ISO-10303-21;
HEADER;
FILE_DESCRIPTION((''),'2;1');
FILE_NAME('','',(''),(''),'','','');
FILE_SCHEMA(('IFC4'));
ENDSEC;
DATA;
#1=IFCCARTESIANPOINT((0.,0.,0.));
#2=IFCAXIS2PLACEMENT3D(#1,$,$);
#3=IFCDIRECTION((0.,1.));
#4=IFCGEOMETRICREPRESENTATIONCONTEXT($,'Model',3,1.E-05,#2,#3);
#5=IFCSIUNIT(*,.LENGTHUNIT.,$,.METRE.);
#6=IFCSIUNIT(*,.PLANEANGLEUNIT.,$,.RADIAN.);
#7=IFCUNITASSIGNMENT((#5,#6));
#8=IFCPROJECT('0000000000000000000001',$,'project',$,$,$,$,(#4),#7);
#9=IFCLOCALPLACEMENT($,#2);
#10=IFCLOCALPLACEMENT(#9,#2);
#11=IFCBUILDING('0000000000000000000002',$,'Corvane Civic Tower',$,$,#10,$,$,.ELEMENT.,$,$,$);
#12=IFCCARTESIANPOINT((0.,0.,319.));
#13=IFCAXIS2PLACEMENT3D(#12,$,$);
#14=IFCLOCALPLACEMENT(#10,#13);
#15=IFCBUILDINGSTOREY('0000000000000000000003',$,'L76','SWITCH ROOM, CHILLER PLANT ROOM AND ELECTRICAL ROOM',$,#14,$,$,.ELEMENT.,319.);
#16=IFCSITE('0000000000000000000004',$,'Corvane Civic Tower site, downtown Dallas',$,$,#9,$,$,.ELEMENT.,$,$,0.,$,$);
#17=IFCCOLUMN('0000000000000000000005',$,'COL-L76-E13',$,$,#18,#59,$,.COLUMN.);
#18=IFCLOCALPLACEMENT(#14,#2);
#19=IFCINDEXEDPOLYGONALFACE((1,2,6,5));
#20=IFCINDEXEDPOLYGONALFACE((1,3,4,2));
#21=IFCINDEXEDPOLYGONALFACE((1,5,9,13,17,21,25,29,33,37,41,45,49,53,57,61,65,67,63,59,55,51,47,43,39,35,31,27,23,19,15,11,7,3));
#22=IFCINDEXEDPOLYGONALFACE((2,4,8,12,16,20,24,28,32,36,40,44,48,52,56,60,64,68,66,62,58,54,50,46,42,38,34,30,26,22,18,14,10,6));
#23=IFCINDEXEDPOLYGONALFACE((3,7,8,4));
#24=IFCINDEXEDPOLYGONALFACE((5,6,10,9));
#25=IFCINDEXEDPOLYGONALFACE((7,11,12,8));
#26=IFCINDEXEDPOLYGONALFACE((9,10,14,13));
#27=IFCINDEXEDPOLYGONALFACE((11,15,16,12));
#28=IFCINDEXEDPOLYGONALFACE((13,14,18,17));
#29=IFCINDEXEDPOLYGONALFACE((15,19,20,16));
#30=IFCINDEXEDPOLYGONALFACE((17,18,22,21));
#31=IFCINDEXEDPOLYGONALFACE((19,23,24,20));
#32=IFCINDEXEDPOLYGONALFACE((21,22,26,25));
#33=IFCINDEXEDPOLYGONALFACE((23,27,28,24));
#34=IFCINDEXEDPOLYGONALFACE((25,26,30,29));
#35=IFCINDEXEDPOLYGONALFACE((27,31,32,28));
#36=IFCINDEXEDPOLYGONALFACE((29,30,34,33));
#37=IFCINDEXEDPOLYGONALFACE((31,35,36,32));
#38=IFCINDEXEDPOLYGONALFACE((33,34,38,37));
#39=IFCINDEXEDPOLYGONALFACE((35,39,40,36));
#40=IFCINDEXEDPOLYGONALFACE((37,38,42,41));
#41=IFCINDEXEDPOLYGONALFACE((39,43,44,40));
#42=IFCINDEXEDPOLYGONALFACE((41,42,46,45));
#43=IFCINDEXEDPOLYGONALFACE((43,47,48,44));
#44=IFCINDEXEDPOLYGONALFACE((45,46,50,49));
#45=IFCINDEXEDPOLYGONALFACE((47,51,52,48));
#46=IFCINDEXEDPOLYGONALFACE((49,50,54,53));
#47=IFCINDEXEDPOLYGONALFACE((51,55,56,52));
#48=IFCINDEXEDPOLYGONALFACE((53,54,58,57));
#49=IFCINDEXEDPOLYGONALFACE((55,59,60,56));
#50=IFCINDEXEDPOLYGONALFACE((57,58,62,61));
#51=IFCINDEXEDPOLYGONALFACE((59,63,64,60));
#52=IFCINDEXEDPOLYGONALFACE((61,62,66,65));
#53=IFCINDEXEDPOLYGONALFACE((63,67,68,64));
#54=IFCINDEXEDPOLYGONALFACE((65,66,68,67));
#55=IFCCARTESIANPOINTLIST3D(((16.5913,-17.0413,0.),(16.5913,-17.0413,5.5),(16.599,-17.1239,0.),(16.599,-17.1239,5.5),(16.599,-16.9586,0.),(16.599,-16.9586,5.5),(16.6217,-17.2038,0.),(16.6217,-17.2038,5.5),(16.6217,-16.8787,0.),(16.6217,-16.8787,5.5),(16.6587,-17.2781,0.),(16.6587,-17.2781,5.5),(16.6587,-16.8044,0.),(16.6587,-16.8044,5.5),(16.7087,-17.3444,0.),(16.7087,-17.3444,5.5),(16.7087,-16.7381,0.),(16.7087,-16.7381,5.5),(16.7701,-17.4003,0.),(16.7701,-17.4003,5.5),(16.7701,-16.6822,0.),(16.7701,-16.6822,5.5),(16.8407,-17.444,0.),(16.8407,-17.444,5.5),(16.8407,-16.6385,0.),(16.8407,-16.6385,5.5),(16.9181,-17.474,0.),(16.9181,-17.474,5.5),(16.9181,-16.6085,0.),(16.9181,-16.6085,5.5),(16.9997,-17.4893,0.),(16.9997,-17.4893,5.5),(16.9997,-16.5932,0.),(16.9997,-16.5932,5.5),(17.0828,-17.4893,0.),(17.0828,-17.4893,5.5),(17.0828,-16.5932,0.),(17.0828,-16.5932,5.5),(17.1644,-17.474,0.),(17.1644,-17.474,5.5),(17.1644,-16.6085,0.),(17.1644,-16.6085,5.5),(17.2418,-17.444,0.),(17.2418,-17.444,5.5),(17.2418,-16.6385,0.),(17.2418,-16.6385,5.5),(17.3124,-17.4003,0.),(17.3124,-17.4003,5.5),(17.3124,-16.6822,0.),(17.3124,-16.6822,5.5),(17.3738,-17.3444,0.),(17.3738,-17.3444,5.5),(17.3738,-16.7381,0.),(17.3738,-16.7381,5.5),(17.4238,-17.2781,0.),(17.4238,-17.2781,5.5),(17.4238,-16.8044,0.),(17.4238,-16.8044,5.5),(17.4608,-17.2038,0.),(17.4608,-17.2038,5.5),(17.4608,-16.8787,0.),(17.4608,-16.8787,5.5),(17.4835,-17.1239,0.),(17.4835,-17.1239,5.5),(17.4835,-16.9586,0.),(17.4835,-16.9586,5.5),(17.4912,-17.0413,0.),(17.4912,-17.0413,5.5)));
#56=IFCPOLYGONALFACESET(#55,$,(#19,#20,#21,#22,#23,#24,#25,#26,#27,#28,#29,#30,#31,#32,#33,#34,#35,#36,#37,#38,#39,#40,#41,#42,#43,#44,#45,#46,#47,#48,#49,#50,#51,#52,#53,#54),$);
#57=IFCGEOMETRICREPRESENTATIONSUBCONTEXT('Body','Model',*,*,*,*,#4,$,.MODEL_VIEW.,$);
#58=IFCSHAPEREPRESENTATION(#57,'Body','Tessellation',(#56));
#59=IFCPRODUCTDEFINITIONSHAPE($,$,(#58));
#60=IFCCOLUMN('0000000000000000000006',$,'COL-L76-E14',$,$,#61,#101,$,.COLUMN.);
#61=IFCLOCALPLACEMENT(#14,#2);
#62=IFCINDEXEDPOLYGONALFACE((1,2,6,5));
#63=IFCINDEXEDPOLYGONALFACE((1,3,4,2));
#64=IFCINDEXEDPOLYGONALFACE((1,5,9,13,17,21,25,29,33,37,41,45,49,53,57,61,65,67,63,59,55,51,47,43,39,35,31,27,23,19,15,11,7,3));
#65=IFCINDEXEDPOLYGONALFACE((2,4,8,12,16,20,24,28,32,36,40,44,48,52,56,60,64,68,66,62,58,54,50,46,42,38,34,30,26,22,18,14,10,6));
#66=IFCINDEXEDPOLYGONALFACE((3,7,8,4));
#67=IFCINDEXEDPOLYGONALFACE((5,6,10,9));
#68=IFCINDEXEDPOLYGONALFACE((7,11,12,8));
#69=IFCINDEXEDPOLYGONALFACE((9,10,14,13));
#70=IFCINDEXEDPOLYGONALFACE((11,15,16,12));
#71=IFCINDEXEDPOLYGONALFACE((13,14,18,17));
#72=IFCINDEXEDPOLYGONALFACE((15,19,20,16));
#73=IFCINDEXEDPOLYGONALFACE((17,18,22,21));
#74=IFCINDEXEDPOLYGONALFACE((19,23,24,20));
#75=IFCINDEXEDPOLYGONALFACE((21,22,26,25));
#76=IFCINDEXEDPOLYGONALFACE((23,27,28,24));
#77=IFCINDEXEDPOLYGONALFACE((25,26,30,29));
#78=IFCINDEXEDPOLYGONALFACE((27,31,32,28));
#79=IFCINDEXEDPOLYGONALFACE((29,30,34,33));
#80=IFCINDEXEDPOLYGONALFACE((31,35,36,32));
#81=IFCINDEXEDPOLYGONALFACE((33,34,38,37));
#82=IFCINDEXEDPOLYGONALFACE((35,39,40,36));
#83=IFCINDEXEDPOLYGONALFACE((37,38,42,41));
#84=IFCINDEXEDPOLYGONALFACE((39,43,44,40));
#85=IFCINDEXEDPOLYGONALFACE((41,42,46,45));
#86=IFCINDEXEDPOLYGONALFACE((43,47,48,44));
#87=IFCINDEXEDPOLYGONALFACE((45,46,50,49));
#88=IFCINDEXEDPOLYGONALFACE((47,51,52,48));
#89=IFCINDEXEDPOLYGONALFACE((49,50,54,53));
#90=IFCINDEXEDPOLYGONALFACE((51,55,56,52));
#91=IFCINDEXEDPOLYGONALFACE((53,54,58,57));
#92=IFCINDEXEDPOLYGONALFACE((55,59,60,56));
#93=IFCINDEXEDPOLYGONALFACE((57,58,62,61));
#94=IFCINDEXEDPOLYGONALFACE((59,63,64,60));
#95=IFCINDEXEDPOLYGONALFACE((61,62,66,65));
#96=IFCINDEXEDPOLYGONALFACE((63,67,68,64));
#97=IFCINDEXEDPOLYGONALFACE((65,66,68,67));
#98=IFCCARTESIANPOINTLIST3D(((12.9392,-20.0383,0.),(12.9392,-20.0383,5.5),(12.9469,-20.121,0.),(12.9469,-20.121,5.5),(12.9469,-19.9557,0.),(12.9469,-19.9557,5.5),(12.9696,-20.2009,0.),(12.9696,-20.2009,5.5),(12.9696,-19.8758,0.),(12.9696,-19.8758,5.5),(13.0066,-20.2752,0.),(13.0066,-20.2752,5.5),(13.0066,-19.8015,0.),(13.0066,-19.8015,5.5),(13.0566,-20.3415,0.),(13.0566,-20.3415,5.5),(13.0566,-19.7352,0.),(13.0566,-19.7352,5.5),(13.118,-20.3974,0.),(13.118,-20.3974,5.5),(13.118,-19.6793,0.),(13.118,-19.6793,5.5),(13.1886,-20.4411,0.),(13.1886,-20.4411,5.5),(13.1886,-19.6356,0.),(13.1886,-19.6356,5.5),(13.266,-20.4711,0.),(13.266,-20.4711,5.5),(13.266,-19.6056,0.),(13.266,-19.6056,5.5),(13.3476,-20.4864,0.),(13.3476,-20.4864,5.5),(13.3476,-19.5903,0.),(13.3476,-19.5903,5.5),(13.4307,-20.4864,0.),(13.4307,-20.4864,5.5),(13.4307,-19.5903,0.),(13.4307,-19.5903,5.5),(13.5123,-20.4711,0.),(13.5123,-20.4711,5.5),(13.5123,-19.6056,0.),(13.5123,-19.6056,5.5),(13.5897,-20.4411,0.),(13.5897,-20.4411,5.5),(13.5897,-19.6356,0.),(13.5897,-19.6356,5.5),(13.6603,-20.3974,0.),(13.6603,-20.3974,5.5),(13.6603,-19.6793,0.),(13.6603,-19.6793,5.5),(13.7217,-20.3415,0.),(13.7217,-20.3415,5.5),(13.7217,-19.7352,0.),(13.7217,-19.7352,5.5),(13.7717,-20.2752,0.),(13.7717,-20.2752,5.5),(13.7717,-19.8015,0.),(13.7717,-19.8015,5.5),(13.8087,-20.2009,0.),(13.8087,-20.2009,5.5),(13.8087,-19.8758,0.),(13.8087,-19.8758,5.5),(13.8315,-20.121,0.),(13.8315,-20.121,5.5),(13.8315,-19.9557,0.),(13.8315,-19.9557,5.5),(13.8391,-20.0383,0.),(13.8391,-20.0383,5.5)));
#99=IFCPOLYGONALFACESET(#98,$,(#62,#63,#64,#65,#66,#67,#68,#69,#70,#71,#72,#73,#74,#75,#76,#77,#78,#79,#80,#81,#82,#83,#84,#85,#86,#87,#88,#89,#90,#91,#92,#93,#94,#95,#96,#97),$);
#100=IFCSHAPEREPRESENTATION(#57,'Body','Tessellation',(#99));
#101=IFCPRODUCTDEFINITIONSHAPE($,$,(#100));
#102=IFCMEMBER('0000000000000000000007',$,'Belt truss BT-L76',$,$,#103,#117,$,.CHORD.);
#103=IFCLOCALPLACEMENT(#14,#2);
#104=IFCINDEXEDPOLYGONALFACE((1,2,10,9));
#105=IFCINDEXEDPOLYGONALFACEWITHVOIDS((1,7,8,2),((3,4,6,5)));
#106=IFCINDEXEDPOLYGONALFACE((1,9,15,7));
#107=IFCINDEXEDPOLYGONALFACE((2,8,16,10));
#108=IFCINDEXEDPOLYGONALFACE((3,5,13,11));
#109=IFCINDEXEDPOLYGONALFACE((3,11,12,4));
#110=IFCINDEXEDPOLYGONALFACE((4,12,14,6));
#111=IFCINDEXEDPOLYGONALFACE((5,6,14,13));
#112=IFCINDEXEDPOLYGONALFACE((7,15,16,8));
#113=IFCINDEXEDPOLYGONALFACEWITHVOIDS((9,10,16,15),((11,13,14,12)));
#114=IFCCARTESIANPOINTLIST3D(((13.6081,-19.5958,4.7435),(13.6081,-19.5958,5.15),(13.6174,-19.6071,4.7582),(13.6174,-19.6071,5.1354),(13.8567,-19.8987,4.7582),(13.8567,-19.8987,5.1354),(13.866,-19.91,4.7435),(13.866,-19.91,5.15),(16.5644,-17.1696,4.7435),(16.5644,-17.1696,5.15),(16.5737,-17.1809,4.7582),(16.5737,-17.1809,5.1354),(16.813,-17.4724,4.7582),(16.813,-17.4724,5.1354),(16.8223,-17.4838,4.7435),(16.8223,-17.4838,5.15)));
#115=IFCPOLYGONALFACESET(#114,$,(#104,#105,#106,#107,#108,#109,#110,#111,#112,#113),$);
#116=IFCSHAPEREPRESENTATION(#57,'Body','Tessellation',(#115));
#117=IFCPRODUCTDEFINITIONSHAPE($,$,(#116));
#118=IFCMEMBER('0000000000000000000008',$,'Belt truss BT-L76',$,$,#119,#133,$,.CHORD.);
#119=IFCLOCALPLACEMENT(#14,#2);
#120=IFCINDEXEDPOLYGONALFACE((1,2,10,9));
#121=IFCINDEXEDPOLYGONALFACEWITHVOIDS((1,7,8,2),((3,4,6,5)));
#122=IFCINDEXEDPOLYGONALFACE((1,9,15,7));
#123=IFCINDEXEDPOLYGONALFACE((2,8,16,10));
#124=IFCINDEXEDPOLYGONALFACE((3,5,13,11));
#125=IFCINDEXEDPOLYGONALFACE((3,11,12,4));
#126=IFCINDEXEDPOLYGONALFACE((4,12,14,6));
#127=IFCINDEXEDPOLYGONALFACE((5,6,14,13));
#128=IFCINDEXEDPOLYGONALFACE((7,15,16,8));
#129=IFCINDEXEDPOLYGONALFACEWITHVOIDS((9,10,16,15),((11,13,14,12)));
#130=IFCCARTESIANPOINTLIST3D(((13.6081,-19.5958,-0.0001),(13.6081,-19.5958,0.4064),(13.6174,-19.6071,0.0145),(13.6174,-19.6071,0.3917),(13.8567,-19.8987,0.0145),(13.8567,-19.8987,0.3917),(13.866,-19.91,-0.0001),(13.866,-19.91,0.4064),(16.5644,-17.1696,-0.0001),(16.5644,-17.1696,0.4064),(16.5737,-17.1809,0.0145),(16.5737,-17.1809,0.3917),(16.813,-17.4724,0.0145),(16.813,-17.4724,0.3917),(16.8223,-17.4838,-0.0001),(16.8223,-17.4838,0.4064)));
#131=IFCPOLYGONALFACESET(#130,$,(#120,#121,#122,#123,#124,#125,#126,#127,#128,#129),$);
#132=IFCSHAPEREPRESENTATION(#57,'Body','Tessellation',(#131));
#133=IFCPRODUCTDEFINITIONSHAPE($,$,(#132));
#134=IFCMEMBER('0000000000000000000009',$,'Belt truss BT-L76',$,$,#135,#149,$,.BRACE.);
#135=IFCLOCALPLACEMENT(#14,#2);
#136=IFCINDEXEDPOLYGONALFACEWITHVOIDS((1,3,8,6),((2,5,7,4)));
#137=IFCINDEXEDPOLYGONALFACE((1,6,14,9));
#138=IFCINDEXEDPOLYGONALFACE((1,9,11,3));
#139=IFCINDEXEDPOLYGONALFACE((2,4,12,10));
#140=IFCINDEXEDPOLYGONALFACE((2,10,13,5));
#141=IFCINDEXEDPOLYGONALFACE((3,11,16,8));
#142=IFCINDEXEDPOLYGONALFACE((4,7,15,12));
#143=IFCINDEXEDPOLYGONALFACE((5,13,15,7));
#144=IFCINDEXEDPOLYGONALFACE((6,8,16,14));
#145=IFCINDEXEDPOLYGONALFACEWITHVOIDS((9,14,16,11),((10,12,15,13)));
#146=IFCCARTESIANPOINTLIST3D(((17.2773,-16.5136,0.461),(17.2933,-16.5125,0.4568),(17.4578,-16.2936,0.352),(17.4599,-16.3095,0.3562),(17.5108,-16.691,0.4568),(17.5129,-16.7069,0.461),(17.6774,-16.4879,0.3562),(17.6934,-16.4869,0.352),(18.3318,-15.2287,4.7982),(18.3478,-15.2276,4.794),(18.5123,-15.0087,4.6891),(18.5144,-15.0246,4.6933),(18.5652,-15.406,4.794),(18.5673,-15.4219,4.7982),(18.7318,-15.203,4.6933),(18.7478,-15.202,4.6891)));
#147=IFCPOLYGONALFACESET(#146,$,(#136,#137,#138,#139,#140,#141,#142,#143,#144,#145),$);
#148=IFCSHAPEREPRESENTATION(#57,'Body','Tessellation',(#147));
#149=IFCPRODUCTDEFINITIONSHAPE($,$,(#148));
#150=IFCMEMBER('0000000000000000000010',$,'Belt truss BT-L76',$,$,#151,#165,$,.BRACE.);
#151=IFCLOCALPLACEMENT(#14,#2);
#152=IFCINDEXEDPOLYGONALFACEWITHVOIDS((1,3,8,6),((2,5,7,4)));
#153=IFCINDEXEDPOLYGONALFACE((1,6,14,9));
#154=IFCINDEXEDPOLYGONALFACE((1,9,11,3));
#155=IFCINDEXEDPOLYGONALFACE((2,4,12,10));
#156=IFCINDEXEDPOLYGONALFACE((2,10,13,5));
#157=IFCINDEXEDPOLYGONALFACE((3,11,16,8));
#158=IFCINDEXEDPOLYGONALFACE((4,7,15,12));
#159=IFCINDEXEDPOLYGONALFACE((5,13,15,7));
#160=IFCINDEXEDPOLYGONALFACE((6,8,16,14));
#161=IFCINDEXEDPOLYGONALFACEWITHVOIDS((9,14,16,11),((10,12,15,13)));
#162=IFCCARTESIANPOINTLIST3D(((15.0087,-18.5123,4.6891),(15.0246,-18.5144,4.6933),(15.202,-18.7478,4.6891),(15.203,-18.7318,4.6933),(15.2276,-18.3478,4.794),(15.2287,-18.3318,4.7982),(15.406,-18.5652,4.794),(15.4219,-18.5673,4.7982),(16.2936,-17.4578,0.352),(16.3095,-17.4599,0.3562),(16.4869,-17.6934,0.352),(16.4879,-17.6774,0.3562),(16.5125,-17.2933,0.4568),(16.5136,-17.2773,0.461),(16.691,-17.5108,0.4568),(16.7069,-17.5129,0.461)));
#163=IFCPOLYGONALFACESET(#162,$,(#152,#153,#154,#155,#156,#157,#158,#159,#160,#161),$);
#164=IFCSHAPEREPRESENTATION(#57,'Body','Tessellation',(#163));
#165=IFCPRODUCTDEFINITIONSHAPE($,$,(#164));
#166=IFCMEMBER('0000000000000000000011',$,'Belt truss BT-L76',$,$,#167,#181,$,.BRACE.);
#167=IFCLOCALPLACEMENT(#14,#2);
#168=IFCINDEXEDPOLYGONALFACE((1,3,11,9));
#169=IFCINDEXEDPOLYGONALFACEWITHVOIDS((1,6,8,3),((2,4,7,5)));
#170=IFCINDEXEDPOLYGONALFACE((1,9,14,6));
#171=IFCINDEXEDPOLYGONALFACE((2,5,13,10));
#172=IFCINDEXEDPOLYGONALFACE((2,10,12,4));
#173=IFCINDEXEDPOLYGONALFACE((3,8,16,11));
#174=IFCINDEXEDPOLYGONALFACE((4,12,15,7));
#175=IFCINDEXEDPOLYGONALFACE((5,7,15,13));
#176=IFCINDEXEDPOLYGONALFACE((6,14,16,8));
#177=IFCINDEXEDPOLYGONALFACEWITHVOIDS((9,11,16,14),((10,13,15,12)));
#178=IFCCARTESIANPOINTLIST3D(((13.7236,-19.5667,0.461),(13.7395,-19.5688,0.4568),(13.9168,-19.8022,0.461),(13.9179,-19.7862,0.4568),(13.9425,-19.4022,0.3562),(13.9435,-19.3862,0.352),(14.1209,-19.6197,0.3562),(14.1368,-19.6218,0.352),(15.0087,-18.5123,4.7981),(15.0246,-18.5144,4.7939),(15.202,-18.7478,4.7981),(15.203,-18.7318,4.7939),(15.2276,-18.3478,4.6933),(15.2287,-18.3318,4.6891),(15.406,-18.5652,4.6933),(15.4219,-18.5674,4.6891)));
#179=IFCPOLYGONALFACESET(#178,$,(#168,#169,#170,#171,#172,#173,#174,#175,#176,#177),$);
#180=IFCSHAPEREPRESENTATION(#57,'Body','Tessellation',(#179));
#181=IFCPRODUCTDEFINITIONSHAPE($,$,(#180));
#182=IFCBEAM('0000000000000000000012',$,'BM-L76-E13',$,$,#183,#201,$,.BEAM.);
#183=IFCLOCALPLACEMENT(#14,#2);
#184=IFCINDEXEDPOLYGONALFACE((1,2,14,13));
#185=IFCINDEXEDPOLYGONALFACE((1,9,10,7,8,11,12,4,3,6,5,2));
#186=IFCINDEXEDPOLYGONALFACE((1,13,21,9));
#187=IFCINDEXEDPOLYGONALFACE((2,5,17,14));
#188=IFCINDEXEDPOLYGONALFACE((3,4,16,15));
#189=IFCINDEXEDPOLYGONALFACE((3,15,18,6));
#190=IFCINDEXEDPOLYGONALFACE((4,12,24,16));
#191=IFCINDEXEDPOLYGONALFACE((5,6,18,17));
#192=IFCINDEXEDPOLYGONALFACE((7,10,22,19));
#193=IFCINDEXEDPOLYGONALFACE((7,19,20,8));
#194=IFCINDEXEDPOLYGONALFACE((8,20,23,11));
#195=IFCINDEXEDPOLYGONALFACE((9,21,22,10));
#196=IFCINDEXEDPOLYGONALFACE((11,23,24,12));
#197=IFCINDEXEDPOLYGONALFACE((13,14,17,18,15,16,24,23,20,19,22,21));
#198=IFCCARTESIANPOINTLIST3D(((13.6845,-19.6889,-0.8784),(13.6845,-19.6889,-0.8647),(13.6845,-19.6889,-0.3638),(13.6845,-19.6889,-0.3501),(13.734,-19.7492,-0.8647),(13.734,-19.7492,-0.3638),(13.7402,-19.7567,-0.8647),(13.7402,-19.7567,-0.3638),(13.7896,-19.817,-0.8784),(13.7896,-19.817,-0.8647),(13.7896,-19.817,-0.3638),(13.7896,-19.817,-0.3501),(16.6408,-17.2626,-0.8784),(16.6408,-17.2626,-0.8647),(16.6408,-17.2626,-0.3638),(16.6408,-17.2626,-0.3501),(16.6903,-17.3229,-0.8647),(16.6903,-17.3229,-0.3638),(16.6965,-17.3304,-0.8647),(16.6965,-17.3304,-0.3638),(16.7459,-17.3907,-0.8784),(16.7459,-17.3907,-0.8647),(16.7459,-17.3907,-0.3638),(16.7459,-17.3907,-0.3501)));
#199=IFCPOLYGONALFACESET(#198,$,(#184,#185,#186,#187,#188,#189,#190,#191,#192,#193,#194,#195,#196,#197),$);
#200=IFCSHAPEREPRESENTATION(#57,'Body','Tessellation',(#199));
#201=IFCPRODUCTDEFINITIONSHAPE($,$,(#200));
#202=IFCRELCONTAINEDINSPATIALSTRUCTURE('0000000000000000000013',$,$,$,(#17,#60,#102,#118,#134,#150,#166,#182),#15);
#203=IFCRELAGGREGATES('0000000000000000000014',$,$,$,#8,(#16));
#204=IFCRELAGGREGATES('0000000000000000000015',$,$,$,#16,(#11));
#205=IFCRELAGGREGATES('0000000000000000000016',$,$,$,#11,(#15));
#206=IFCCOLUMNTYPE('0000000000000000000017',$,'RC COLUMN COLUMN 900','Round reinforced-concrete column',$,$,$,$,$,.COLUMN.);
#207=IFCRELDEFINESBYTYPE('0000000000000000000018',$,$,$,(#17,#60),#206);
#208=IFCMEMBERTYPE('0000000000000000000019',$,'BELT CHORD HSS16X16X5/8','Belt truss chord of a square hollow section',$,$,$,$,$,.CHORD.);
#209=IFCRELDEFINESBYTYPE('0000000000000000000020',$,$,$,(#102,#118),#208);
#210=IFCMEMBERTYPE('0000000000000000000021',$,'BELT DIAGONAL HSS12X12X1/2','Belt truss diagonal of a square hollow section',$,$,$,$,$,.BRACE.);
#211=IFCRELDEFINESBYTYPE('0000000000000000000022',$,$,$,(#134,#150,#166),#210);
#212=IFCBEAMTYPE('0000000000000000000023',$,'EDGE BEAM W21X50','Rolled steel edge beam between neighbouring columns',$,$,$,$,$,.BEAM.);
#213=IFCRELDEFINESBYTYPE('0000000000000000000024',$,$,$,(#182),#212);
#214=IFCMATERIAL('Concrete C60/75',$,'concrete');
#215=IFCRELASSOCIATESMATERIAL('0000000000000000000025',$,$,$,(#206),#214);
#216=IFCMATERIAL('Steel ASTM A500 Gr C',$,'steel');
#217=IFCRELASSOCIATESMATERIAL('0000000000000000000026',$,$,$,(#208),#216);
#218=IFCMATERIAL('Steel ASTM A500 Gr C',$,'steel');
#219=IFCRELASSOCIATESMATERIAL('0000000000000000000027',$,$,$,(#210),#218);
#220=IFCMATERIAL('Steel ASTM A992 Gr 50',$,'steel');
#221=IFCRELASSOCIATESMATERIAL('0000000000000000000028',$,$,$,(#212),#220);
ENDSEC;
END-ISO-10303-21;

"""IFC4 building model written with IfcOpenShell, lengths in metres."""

from ifc_helpers import new_model, si_unit, direction, frame, origin, origin_2d, place, context, subcontext, project, spatial, hollow_rectangle, circle, i_section, extrude, material, material_profile, profile_set, type_object, element, save


model = new_model("IFC4")

# Units and contexts
model_context = context("Model", 3, precision=1e-05, world=origin(), true_north=direction((0.0, 1.0)))
body_context = subcontext(model_context, "Body", "Model", "MODEL_VIEW")
ifc_project = project(units=[si_unit("LENGTHUNIT", "METRE"), si_unit("PLANEANGLEUNIT", "RADIAN")], contexts=[model_context])

# Site, building, storey
site_placement = place(None, origin())
site = spatial("IfcSite", under=ifc_project, at=site_placement, Name="Corvane Civic Tower site, downtown Dallas", CompositionType="ELEMENT", RefElevation=0.0)
building_placement = place(site_placement, origin())
building = spatial("IfcBuilding", under=site, at=building_placement, Name="Corvane Civic Tower", CompositionType="ELEMENT")
storey_placement = place(building_placement, frame((0.0, 0.0, 319.0)))
storey = spatial("IfcBuildingStorey", under=building, at=storey_placement, Name="L76", Description="SWITCH ROOM, CHILLER PLANT ROOM AND ELECTRICAL ROOM", CompositionType="ELEMENT", Elevation=319.0)

# Columns
ifc_material_1 = material(Name="Concrete C60/75", Category="concrete")
ifc_material_profile_1 = material_profile(ifc_material_1, circle(Radius=0.45, at=origin_2d()), Name="COLUMN 900")
ifc_profile_set_1 = profile_set([ifc_material_profile_1], Name="Concrete C60/75")
column_type = type_object("IfcColumnType", Name="RC COLUMN COLUMN 900", Description="Round reinforced-concrete column", PredefinedType="COLUMN", material=ifc_profile_set_1)
for number, where, z_axis, x_axis, name in (
    (1, (17.0413, -17.0413, 0.0), (0.0, 0.0, 1.0), (1.0, 0.0, 0.0), "COL-L76-E13"),
    (2, (13.3892, -20.0383, 0.0), (0.0, 0.0, 1.0), (1.0, 0.0, 0.0), "COL-L76-E14"),
):
    element("IfcColumn", number, at=place(storey_placement, frame(where, z_axis=z_axis, x_axis=x_axis)), inside=storey, type_object=column_type, Name=name, PredefinedType="COLUMN", context=body_context, shape_type="SweptSolid", body=[
        extrude(circle(Radius=0.45, at=origin_2d()), origin(), (0.0, 0.0, 1.0), 5.5),
    ])

# Members
ifc_material_2 = material(Name="Steel ASTM A500 Gr C", Category="steel")
ifc_material_profile_2 = material_profile(ifc_material_2, hollow_rectangle(XDim=0.4065, YDim=0.4065, WallThickness=0.0146, at=origin_2d()), Name="HSS16X16X5/8")
ifc_profile_set_2 = profile_set([ifc_material_profile_2], Name="Steel ASTM A500 Gr C")
member_type_1 = type_object("IfcMemberType", Name="BELT CHORD HSS16X16X5/8", Description="Belt truss chord of a square hollow section", PredefinedType="CHORD", material=ifc_profile_set_2)
for number, where, z_axis, x_axis, name in (
    (3, (16.6934, -17.3267, 4.9468), (-0.772998, -0.634409, 0.0), (0.634409, -0.772998, 0.0), "Belt truss BT-L76"),
    (4, (16.6934, -17.3267, 0.2031), (-0.772998, -0.634409, 0.0), (0.634409, -0.772998, 0.0), "Belt truss BT-L76"),
):
    element("IfcMember", number, at=place(storey_placement, frame(where, z_axis=z_axis, x_axis=x_axis)), inside=storey, type_object=member_type_1, Name=name, PredefinedType="CHORD", context=body_context, shape_type="SweptSolid", body=[
        extrude(hollow_rectangle(XDim=0.4065, YDim=0.4065, WallThickness=0.0146, at=origin_2d()), origin(), (0.0, 0.0, 1.0), 3.8245),
    ])
ifc_material_3 = material(Name="Steel ASTM A500 Gr C", Category="steel")
ifc_material_profile_3 = material_profile(ifc_material_3, hollow_rectangle(XDim=0.3047, YDim=0.3047, WallThickness=0.0117, at=origin_2d()), Name="HSS12X12X1/2")
ifc_profile_set_3 = profile_set([ifc_material_profile_3], Name="Steel ASTM A500 Gr C")
member_type_2 = type_object("IfcMemberType", Name="BELT DIAGONAL HSS12X12X1/2", Description="Belt truss diagonal of a square hollow section", PredefinedType="BRACE", material=ifc_profile_set_3)
for number, where, z_axis, x_axis, name in (
    (5, (17.4854, -16.5002, 0.4065), (0.227018, 0.276637, 0.933775), (-0.773027, 0.634373, 0.0), "Belt truss BT-L76"),
    (6, (16.5002, -17.4854, 0.4065), (-0.276637, -0.227018, 0.933775), (0.634373, -0.773027, 0.0), "Belt truss BT-L76"),
    (7, (13.9302, -19.5942, 0.4065), (0.276685, 0.227015, 0.933761), (-0.634301, 0.773086, 0.0), "Belt truss BT-L76"),
):
    element("IfcMember", number, at=place(storey_placement, frame(where, z_axis=z_axis, x_axis=x_axis)), inside=storey, type_object=member_type_2, Name=name, PredefinedType="BRACE", context=body_context, shape_type="SweptSolid", body=[
        extrude(hollow_rectangle(XDim=0.3047, YDim=0.3047, WallThickness=0.0117, at=origin_2d()), origin(), (0.0, 0.0, 1.0), 4.6448),
    ])

# Beam
ifc_material_4 = material(Name="Steel ASTM A992 Gr 50", Category="steel")
ifc_material_profile_4 = material_profile(ifc_material_4, i_section(OverallWidth=0.1658, OverallDepth=0.5283, WebThickness=0.0098, FlangeThickness=0.0137, at=origin_2d()), Name="W21X50")
ifc_profile_set_4 = profile_set([ifc_material_profile_4], Name="Steel ASTM A992 Gr 50")
beam_type = type_object("IfcBeamType", Name="EDGE BEAM W21X50", Description="Rolled steel edge beam between neighbouring columns", PredefinedType="BEAM", material=ifc_profile_set_4)
beam_placement = place(storey_placement, frame((16.6934, -17.3267, -0.6143), z_axis=(-0.772998, -0.634409, 0.0), x_axis=(0.634409, -0.772998, 0.0)))
element("IfcBeam", 8, at=beam_placement, inside=storey, type_object=beam_type, Name="BM-L76-E13", PredefinedType="BEAM", context=body_context, shape_type="SweptSolid", body=[
    extrude(i_section(OverallWidth=0.1658, OverallDepth=0.5283, WebThickness=0.0098, FlangeThickness=0.0137, at=origin_2d()), origin(), (0.0, 0.0, 1.0), 3.8245),
])

save(model, "model.ifc")
